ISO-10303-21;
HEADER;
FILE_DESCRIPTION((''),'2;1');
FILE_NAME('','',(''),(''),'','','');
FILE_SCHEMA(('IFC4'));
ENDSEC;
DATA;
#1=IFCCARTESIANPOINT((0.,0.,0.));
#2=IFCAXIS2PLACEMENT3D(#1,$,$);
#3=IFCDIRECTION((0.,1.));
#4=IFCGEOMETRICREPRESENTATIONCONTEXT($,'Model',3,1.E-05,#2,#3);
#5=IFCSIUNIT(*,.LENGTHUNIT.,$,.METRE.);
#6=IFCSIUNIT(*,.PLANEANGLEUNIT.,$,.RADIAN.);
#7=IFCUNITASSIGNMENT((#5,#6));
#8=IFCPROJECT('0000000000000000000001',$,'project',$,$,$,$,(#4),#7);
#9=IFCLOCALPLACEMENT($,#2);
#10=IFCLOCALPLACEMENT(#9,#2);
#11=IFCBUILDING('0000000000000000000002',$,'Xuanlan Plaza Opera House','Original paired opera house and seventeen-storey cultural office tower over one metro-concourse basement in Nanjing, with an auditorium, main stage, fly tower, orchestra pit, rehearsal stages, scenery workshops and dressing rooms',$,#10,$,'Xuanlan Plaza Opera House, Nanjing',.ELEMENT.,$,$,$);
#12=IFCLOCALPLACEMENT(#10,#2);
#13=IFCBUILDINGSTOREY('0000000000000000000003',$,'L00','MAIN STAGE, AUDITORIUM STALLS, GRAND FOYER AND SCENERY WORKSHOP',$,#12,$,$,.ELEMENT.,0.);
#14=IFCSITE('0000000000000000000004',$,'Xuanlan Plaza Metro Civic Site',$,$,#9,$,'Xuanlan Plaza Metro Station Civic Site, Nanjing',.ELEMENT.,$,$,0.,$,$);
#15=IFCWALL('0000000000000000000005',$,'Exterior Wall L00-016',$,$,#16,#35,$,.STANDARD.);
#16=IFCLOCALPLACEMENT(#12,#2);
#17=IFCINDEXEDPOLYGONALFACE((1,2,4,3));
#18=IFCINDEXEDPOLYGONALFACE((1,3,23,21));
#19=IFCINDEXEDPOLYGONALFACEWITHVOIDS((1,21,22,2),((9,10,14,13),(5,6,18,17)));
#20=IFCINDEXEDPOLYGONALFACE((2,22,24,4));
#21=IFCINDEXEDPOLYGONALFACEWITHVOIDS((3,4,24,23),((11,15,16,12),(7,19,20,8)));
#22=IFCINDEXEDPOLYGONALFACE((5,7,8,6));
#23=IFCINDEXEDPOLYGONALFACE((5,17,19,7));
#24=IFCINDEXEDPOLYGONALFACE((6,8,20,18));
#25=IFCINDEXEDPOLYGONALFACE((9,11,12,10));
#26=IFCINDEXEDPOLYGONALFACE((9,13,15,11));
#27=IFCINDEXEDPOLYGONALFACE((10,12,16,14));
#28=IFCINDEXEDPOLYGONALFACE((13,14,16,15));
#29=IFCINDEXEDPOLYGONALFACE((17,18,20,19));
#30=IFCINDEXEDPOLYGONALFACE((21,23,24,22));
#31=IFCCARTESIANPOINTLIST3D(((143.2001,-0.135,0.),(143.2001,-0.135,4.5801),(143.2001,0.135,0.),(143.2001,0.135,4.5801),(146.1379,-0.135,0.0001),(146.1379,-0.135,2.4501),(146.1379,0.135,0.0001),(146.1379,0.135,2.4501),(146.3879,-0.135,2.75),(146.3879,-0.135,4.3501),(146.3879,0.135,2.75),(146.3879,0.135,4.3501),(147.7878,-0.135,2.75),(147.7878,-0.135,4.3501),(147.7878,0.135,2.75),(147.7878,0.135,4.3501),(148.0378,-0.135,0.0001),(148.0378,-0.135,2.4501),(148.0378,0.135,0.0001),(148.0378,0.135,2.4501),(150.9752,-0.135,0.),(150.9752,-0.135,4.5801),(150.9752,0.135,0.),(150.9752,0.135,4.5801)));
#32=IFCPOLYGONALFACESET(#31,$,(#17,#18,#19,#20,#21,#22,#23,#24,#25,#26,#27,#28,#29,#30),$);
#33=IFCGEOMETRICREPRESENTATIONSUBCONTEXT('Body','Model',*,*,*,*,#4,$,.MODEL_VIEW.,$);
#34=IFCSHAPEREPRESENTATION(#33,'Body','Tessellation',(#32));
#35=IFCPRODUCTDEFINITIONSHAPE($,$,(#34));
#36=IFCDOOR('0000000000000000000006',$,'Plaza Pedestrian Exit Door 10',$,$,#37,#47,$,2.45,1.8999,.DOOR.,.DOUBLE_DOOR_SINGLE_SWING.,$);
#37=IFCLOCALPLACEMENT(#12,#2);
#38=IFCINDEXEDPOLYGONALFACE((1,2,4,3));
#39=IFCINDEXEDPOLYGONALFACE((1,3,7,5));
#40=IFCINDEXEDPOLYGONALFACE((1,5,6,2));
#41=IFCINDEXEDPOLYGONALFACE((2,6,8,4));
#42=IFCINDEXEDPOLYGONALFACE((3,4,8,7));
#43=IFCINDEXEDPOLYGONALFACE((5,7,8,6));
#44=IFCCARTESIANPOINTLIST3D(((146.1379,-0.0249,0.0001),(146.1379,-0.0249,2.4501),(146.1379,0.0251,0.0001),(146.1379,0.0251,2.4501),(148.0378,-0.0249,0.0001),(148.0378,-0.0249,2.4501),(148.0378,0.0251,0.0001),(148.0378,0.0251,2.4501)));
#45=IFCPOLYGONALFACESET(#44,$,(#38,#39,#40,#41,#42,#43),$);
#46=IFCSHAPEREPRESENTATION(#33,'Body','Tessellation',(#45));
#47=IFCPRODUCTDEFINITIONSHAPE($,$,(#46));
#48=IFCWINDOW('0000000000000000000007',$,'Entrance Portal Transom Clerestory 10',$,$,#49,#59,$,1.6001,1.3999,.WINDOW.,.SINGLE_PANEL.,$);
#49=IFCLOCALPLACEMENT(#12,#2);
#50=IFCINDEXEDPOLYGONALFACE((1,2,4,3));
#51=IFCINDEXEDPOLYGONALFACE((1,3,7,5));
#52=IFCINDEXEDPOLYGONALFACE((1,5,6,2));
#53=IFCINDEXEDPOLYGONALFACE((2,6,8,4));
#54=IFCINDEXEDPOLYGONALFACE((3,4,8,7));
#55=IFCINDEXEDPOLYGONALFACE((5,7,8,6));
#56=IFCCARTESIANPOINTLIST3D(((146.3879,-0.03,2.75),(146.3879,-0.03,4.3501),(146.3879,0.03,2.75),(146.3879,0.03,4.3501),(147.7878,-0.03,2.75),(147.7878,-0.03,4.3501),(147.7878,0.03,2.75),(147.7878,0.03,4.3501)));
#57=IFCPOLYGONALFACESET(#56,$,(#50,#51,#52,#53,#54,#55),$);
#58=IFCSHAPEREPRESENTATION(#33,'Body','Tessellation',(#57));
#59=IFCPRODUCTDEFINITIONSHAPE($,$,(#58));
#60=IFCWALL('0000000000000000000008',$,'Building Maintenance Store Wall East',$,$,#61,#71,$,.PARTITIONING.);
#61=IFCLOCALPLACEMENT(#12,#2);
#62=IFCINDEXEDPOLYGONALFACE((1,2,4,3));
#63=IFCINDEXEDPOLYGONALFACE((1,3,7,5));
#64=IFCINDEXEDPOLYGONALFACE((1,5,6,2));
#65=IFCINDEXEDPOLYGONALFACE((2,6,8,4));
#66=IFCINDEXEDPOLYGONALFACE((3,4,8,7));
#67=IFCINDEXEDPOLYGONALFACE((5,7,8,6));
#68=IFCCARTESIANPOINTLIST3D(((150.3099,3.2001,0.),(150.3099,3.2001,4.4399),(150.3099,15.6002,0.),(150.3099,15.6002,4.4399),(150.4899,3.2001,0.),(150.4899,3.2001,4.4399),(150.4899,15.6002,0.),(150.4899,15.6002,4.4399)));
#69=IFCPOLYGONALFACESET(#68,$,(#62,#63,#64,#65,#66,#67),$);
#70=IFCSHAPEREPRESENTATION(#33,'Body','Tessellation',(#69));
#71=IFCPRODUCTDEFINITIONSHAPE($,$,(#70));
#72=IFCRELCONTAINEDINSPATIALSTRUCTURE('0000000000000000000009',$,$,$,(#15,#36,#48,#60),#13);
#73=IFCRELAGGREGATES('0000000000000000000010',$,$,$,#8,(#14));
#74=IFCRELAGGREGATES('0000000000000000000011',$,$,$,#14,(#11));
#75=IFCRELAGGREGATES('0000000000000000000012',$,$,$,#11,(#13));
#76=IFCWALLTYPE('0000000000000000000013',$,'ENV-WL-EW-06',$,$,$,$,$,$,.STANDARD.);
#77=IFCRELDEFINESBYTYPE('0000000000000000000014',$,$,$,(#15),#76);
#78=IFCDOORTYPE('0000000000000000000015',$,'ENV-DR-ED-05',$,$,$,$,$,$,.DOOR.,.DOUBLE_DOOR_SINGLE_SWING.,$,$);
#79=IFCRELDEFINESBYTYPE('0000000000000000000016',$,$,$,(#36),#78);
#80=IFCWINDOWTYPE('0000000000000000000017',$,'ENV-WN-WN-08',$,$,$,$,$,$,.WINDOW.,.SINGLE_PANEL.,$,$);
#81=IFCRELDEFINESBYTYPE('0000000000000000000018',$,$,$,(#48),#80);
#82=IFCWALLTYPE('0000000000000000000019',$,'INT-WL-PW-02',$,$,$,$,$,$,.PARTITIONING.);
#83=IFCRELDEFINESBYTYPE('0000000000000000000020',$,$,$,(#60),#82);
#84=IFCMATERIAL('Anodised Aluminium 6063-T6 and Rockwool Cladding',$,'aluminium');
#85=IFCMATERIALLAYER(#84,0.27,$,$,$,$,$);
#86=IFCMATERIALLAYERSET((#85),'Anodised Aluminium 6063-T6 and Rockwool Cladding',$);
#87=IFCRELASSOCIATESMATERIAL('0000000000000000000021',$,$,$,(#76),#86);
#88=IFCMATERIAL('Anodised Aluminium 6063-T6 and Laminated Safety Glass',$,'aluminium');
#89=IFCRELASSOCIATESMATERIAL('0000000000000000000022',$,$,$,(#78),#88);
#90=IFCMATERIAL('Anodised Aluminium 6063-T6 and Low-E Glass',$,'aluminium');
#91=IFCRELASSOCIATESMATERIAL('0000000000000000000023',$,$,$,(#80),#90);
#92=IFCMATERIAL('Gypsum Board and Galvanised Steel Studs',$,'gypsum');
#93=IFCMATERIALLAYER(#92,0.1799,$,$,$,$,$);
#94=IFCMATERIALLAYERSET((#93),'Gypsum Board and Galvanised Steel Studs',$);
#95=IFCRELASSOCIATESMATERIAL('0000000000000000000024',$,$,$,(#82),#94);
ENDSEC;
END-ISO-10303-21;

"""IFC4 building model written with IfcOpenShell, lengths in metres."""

from ifc_helpers import new_model, si_unit, direction, frame, frame_2d, origin, place, context, subcontext, project, spatial, rectangle, extrude, material, layer, layer_set, type_object, element, fill, save


model = new_model("IFC4")

# Units and contexts
model_context = context("Model", 3, precision=1e-05, world=origin(), true_north=direction((0.0, 1.0)))
body_context = subcontext(model_context, "Body", "Model", "MODEL_VIEW")
ifc_project = project(units=[si_unit("LENGTHUNIT", "METRE"), si_unit("PLANEANGLEUNIT", "RADIAN")], contexts=[model_context])

# Site, building, storey
site_placement = place(None, origin())
site = spatial("IfcSite", under=ifc_project, at=site_placement, Name="Xuanlan Plaza Metro Civic Site", LongName="Xuanlan Plaza Metro Station Civic Site, Nanjing", CompositionType="ELEMENT", RefElevation=0.0)
building_placement = place(site_placement, origin())
building = spatial("IfcBuilding", under=site, at=building_placement, Name="Xuanlan Plaza Opera House", Description="Original paired opera house and seventeen-storey cultural office tower over one metro-concourse basement in Nanjing, with an auditorium, main stage, fly tower, orchestra pit, rehearsal stages, scenery workshops and dressing rooms", LongName="Xuanlan Plaza Opera House, Nanjing", CompositionType="ELEMENT")
storey_placement = place(building_placement, origin())
storey = spatial("IfcBuildingStorey", under=building, at=storey_placement, Name="L00", Description="MAIN STAGE, AUDITORIUM STALLS, GRAND FOYER AND SCENERY WORKSHOP", CompositionType="ELEMENT", Elevation=0.0)

# Shared definitions
ifc_material_1 = material(Name="Anodised Aluminium 6063-T6 and Low-E Glass", Category="aluminium")

# Wall, openings, door, window
ifc_material_2 = material(Name="Anodised Aluminium 6063-T6 and Rockwool Cladding", Category="aluminium")
ifc_layer_1 = layer(ifc_material_2, 0.27)
ifc_layer_set_1 = layer_set([ifc_layer_1], Name="Anodised Aluminium 6063-T6 and Rockwool Cladding")
wall_type_1 = type_object("IfcWallType", Name="ENV-WL-EW-06", PredefinedType="STANDARD", material=ifc_layer_set_1)
wall_1_placement = place(storey_placement, frame((143.2, 0.0, 0.0), z_axis=(0.0, 0.0, 1.0), x_axis=(1.0, 0.0, 0.0)))
wall_1 = element("IfcWall", 1, at=wall_1_placement, inside=storey, type_object=wall_type_1, Name="Exterior Wall L00-016", PredefinedType="STANDARD", context=body_context, shape_type="SweptSolid", body=[
    extrude(rectangle(XDim=7.7751, YDim=0.27, at=frame_2d((3.8877, 0.0))), origin(), (0.0, 0.0, 1.0), 4.5801),
])
opening_1_placement = place(wall_1_placement, frame((2.938, 0.0, 0.0)))
opening_1 = element("IfcOpeningElement", 2, at=opening_1_placement, cuts=wall_1, PredefinedType="OPENING", context=body_context, shape_type="SweptSolid", body=[
    extrude(rectangle(XDim=1.8999, YDim=2.45, at=frame_2d((0.95, 1.2251))), frame((0.0, 0.145, 0.0), z_axis=(0.0, -1.0, 0.0), x_axis=(1.0, 0.0, 0.0)), (0.0, 0.0, 1.0), 0.29),
])
opening_2_placement = place(wall_1_placement, frame((3.188, 0.0, 2.75)))
opening_2 = element("IfcOpeningElement", 3, at=opening_2_placement, cuts=wall_1, PredefinedType="OPENING", context=body_context, shape_type="SweptSolid", body=[
    extrude(rectangle(XDim=1.3999, YDim=1.6001, at=frame_2d((0.7, 0.8))), frame((0.0, 0.145, 0.0), z_axis=(0.0, -1.0, 0.0), x_axis=(1.0, 0.0, 0.0)), (0.0, 0.0, 1.0), 0.29),
])
ifc_material_3 = material(Name="Anodised Aluminium 6063-T6 and Laminated Safety Glass", Category="aluminium")
door_type = type_object("IfcDoorType", Name="ENV-DR-ED-05", OperationType="DOUBLE_DOOR_SINGLE_SWING", PredefinedType="DOOR", material=ifc_material_3)
door_placement = place(opening_1_placement, frame((1.8999, 0.0, 0.0), z_axis=(0.0, 0.0, 1.0), x_axis=(-1.0, 0.0, 0.0)))
door = element("IfcDoor", 4, at=door_placement, inside=storey, type_object=door_type, Name="Plaza Pedestrian Exit Door 10", OperationType="DOUBLE_DOOR_SINGLE_SWING", OverallHeight=2.45, OverallWidth=1.8999, PredefinedType="DOOR", context=body_context, shape_type="SweptSolid", body=[
    extrude(rectangle(XDim=1.8999, YDim=2.45, at=frame_2d((0.95, 1.2251))), frame((0.0, 0.0249, 0.0), z_axis=(0.0, -1.0, 0.0), x_axis=(1.0, 0.0, 0.0)), (0.0, 0.0, 1.0), 0.05),
])
fill(opening_1, door)
window_type = type_object("IfcWindowType", Name="ENV-WN-WN-08", PartitioningType="SINGLE_PANEL", PredefinedType="WINDOW", material=ifc_material_1)
window_placement = place(opening_2_placement, origin())
window = element("IfcWindow", 5, at=window_placement, inside=storey, type_object=window_type, Name="Entrance Portal Transom Clerestory 10", OverallHeight=1.6001, OverallWidth=1.3999, PartitioningType="SINGLE_PANEL", PredefinedType="WINDOW", context=body_context, shape_type="SweptSolid", body=[
    extrude(rectangle(XDim=1.3999, YDim=1.6001, at=frame_2d((0.7, 0.8))), frame((0.0, 0.03, 0.0), z_axis=(0.0, -1.0, 0.0), x_axis=(1.0, 0.0, 0.0)), (0.0, 0.0, 1.0), 0.0601),
])
fill(opening_2, window)

# Wall
ifc_material_4 = material(Name="Gypsum Board and Galvanised Steel Studs", Category="gypsum")
ifc_layer_2 = layer(ifc_material_4, 0.1799)
ifc_layer_set_2 = layer_set([ifc_layer_2], Name="Gypsum Board and Galvanised Steel Studs")
wall_type_2 = type_object("IfcWallType", Name="INT-WL-PW-02", PredefinedType="PARTITIONING", material=ifc_layer_set_2)
wall_2_placement = place(storey_placement, frame((150.3999, 3.2, 0.0), z_axis=(0.0, 0.0, 1.0), x_axis=(0.0, 1.0, 0.0)))
element("IfcWall", 6, at=wall_2_placement, inside=storey, type_object=wall_type_2, Name="Building Maintenance Store Wall East", PredefinedType="PARTITIONING", context=body_context, shape_type="SweptSolid", body=[
    extrude(rectangle(XDim=12.4001, YDim=0.1799, at=frame_2d((6.2002, 0.0))), origin(), (0.0, 0.0, 1.0), 4.4399),
])

save(model, "model.ifc")
